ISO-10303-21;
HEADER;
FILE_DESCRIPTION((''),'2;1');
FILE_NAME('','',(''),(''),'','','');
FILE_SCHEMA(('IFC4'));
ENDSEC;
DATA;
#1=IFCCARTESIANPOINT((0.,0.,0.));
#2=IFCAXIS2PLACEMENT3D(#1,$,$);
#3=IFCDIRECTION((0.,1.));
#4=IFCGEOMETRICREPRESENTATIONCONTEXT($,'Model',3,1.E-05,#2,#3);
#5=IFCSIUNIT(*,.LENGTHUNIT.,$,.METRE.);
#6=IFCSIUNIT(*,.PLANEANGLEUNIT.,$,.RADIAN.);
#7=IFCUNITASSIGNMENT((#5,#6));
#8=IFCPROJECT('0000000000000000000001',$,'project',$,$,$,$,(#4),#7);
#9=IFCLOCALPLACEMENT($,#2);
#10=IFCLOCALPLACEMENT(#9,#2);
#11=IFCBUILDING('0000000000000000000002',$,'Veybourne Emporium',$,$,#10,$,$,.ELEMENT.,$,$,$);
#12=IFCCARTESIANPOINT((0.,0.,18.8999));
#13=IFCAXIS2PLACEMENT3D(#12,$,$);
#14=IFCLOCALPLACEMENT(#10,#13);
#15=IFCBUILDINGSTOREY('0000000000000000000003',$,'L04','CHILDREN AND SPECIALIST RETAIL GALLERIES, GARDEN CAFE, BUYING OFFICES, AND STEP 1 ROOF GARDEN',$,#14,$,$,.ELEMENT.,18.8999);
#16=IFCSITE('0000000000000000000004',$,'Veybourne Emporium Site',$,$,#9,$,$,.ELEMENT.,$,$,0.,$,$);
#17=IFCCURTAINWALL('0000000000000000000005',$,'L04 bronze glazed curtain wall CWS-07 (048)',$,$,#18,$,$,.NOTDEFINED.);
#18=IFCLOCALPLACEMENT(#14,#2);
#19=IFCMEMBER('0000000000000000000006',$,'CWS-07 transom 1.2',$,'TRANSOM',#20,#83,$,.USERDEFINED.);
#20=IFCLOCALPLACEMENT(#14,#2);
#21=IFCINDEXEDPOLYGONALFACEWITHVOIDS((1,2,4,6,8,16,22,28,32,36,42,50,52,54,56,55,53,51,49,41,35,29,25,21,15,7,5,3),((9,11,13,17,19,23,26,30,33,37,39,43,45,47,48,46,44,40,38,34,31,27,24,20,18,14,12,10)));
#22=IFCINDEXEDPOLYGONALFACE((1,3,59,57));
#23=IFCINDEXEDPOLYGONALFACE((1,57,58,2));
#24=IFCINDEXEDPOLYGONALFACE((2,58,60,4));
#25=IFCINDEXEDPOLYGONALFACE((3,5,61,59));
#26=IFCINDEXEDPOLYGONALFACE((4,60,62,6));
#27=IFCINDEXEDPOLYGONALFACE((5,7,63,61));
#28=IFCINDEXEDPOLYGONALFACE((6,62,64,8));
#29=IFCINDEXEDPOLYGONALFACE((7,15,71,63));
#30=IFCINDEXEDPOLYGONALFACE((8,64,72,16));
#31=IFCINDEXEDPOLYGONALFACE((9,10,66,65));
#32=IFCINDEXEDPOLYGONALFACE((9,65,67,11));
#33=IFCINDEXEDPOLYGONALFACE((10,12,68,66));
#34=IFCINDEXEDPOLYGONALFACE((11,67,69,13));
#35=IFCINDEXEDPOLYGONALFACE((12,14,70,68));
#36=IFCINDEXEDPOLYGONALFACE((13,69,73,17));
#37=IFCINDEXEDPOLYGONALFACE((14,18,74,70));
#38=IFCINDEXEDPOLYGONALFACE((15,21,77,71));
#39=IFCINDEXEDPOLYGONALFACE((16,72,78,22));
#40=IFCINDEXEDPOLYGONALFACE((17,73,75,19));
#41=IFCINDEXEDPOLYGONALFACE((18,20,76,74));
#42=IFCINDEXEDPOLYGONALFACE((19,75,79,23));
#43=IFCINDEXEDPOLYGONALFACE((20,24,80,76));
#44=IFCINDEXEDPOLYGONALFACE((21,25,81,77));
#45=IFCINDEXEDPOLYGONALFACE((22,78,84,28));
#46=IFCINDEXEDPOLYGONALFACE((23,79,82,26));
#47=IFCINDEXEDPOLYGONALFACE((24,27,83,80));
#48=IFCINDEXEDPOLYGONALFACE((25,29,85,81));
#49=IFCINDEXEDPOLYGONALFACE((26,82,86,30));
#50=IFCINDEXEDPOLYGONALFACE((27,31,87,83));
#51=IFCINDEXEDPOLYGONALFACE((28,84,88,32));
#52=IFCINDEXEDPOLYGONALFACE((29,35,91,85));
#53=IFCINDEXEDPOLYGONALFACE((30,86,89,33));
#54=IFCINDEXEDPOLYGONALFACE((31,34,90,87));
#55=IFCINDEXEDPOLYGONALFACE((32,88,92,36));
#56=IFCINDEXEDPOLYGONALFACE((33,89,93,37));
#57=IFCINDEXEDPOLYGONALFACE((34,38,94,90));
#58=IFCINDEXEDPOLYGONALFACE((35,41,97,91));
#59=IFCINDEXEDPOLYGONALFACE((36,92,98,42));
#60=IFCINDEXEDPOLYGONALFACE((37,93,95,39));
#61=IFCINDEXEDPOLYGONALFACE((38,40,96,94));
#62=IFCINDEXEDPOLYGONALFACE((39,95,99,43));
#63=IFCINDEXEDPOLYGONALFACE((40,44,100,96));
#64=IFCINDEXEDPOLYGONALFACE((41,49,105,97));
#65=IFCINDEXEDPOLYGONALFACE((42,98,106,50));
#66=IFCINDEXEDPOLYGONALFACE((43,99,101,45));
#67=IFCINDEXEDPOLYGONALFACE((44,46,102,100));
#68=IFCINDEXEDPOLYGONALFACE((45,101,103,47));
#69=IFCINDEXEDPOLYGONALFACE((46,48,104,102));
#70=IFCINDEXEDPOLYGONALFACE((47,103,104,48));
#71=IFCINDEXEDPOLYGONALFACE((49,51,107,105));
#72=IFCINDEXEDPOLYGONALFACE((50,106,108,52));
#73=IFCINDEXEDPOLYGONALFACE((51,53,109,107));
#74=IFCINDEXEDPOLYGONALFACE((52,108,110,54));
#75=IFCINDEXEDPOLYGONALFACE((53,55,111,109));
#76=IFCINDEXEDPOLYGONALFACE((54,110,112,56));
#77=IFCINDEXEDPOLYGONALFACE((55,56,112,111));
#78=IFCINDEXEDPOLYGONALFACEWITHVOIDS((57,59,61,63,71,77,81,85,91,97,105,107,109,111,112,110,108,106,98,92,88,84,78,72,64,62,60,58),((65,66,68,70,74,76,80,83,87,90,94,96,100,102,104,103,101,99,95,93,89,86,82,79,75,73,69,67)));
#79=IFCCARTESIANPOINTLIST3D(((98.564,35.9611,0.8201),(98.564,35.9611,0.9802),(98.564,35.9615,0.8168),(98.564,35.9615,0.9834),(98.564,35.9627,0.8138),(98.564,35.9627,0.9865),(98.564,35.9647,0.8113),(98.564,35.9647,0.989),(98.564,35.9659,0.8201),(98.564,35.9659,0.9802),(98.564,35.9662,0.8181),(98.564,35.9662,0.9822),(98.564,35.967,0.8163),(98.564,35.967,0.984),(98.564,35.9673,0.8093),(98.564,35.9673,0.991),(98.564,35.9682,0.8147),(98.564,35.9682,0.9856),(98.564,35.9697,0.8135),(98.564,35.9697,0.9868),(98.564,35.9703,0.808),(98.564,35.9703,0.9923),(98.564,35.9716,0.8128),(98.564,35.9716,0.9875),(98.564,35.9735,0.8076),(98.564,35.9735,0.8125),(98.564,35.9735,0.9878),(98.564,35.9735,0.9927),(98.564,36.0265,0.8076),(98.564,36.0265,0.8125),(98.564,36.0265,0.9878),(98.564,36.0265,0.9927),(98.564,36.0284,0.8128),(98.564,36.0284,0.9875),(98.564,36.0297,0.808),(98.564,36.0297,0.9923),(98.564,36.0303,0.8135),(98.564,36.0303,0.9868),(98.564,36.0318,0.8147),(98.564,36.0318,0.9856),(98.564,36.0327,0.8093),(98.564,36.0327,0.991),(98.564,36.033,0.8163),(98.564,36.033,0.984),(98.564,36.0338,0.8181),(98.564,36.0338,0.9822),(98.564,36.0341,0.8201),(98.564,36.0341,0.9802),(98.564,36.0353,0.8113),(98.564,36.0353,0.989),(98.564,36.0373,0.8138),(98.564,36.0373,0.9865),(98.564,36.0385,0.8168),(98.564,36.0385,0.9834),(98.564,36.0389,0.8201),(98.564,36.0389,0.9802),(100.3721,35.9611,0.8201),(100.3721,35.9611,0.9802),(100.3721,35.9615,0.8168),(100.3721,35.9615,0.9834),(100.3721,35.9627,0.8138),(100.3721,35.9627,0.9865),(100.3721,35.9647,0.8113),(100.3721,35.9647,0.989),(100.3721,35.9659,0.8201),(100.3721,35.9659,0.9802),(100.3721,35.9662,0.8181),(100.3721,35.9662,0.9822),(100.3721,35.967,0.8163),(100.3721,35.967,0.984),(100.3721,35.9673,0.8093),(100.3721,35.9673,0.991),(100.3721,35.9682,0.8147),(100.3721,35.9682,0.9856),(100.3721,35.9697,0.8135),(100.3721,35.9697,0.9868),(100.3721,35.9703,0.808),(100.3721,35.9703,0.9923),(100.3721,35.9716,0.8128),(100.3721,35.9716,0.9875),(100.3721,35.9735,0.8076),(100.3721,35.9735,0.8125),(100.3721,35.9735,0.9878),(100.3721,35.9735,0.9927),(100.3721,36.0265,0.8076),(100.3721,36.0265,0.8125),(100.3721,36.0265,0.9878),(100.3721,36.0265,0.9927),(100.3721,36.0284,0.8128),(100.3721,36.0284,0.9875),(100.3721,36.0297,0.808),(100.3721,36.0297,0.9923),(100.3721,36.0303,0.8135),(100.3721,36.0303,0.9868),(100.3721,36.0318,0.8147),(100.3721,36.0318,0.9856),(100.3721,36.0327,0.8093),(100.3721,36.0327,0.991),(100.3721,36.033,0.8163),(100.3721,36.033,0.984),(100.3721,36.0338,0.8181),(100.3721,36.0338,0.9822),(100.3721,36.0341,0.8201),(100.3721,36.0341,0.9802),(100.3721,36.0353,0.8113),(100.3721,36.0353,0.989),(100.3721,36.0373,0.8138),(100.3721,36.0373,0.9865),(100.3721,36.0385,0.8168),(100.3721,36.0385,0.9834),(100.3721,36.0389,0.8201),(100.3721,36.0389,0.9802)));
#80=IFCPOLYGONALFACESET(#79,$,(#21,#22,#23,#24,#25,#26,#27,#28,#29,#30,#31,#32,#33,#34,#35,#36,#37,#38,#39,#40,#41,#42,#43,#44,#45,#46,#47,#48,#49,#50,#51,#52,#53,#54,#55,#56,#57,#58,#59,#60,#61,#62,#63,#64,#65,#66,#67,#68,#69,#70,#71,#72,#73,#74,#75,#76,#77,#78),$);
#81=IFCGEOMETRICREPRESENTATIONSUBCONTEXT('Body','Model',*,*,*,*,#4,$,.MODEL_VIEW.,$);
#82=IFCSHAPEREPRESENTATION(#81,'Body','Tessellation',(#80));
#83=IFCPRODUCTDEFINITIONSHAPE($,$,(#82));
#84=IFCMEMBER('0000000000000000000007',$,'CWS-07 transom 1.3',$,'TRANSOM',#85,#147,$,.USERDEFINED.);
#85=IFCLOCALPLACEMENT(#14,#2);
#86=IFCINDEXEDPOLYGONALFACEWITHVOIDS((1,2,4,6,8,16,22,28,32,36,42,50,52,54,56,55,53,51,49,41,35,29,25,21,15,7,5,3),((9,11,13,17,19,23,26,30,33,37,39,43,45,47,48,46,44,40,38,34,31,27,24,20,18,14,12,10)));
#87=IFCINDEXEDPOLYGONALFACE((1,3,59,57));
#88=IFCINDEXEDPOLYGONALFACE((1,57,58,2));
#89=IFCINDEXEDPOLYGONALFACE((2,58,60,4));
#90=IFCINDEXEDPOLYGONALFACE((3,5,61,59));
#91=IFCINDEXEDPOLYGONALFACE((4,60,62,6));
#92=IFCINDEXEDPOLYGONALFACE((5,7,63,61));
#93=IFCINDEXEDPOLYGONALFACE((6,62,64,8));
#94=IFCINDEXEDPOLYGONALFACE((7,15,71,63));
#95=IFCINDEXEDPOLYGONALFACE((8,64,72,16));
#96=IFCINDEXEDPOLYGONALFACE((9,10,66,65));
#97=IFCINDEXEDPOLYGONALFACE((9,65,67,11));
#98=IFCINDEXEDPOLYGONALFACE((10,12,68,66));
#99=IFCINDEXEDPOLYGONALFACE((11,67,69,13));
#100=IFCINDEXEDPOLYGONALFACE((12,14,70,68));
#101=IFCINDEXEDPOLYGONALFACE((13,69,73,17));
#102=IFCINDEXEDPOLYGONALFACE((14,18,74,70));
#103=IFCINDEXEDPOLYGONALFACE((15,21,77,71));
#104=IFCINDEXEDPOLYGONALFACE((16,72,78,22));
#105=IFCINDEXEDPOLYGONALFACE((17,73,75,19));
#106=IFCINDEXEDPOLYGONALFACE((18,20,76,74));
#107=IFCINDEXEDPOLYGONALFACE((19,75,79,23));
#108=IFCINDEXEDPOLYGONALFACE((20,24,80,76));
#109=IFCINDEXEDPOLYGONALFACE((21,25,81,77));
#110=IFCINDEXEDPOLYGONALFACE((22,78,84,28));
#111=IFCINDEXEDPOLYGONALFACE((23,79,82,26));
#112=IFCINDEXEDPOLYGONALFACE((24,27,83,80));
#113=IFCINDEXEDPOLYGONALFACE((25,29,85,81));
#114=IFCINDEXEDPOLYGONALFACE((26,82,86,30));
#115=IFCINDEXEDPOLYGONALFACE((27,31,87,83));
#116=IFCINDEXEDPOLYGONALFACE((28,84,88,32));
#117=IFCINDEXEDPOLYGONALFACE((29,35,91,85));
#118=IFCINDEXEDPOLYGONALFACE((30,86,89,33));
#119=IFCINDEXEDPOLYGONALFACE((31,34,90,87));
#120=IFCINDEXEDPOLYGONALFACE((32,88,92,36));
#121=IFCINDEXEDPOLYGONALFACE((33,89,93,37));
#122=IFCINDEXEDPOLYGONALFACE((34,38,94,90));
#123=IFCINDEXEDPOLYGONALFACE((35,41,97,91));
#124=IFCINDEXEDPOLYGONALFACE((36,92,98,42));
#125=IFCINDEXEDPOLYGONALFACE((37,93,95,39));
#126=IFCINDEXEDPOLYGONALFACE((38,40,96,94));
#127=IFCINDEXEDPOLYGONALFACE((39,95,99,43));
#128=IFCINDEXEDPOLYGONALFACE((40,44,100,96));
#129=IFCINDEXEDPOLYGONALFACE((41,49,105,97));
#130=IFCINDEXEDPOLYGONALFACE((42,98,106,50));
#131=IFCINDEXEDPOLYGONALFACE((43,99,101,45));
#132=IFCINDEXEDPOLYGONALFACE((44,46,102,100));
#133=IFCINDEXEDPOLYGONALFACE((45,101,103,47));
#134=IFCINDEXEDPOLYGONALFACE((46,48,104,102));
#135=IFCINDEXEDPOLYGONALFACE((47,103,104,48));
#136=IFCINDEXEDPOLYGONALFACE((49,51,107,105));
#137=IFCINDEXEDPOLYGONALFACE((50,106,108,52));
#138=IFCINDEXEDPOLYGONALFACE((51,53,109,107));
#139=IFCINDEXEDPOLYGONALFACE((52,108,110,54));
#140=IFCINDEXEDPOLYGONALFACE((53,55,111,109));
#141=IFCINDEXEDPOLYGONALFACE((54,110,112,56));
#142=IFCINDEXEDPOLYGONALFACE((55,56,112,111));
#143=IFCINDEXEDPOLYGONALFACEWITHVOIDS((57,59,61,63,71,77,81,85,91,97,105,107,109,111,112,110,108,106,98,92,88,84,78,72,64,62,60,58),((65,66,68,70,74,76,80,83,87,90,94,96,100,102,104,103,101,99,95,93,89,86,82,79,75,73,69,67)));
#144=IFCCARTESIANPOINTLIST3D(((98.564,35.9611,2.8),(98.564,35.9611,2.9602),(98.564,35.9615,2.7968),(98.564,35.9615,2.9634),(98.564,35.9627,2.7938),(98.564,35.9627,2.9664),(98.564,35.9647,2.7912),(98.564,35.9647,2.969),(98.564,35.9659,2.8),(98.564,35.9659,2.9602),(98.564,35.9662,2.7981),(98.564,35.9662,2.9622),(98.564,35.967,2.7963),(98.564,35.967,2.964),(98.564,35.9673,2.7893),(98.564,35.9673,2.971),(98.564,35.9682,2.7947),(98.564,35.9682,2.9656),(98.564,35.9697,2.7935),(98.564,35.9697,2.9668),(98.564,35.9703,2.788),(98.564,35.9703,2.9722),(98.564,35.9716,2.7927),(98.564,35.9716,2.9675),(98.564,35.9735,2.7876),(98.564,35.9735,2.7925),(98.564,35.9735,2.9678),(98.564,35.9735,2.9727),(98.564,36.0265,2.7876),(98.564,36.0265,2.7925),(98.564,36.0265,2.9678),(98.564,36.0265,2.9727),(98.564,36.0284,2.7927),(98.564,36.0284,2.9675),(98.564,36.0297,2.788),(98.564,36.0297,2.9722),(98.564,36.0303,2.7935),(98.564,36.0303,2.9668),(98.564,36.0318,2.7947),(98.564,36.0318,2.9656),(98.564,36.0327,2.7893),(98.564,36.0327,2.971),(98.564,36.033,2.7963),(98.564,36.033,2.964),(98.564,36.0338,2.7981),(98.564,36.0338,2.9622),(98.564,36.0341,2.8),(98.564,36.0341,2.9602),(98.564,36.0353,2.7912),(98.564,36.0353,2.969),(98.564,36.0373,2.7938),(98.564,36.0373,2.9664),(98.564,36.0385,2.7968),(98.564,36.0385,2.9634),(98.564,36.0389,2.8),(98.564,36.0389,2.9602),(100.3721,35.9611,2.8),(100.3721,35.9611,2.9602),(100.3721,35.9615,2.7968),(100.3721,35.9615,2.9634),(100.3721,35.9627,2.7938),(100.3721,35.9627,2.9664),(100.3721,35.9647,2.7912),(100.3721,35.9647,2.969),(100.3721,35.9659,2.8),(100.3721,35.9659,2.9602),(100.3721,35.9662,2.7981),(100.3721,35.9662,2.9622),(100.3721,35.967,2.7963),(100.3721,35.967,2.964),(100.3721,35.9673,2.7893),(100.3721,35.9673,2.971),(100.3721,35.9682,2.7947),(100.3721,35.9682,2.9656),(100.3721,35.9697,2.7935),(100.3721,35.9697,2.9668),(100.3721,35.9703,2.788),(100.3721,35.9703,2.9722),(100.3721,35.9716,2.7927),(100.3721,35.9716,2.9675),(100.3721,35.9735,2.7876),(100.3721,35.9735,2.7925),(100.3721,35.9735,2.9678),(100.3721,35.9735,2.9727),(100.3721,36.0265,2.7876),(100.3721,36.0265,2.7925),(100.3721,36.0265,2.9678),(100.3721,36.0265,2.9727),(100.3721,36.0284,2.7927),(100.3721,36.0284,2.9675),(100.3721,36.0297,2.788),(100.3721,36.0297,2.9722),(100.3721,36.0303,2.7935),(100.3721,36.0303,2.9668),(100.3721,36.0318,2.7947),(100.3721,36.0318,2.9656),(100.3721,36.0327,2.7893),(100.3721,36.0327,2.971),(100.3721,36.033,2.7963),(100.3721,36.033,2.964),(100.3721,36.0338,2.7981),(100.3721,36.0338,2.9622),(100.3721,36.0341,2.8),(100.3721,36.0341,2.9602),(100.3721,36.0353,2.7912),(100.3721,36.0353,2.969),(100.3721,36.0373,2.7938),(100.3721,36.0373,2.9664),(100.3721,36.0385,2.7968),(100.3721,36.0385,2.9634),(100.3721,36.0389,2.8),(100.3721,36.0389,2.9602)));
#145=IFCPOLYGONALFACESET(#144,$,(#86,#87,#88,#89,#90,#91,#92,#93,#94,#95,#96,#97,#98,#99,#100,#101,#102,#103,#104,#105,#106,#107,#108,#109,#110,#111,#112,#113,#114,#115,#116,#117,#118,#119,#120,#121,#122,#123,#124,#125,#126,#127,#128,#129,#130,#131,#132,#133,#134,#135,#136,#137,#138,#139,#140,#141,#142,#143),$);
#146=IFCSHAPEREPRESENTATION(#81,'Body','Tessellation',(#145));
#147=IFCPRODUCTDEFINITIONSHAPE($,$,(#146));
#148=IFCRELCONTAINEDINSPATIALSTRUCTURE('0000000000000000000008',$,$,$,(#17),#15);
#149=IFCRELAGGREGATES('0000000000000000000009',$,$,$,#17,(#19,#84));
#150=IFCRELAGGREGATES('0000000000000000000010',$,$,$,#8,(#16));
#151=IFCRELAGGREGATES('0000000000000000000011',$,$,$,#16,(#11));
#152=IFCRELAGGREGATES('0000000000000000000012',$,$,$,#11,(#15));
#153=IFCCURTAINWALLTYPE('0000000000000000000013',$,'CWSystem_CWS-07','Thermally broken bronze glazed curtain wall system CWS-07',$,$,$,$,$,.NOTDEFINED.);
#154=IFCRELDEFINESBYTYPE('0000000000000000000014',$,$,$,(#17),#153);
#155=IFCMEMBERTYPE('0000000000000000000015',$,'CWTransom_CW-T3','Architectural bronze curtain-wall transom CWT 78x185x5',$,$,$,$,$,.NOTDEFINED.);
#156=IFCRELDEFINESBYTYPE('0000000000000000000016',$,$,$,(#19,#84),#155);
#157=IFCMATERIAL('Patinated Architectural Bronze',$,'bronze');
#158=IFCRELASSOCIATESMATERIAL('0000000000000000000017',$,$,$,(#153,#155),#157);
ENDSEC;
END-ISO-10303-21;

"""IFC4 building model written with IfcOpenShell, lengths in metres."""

from ifc_helpers import new_model, si_unit, direction, frame, origin, origin_2d, place, context, subcontext, project, spatial, hollow_rectangle, extrude, material, material_profile, profile_set, type_object, element, aggregate, save


model = new_model("IFC4")

# Units and contexts
model_context = context("Model", 3, precision=1e-05, world=origin(), true_north=direction((0.0, 1.0)))
body_context = subcontext(model_context, "Body", "Model", "MODEL_VIEW")
ifc_project = project(units=[si_unit("LENGTHUNIT", "METRE"), si_unit("PLANEANGLEUNIT", "RADIAN")], contexts=[model_context])

# Site, building, storey
site_placement = place(None, origin())
site = spatial("IfcSite", under=ifc_project, at=site_placement, Name="Veybourne Emporium Site", CompositionType="ELEMENT", RefElevation=0.0)
building_placement = place(site_placement, origin())
building = spatial("IfcBuilding", under=site, at=building_placement, Name="Veybourne Emporium", CompositionType="ELEMENT")
storey_placement = place(building_placement, frame((0.0, 0.0, 18.8999)))
storey = spatial("IfcBuildingStorey", under=building, at=storey_placement, Name="L04", Description="CHILDREN AND SPECIALIST RETAIL GALLERIES, GARDEN CAFE, BUYING OFFICES, AND STEP 1 ROOF GARDEN", CompositionType="ELEMENT", Elevation=18.8999)

# Curtain wall, members
ifc_material_1 = material(Name="Patinated Architectural Bronze", Category="bronze")
curtain_wall_type = type_object("IfcCurtainWallType", Name="CWSystem_CWS-07", Description="Thermally broken bronze glazed curtain wall system CWS-07", PredefinedType="NOTDEFINED", material=ifc_material_1)
curtain_wall_placement = place(storey_placement, origin())
curtain_wall = element("IfcCurtainWall", 1, at=curtain_wall_placement, inside=storey, type_object=curtain_wall_type, Name="L04 bronze glazed curtain wall CWS-07 (048)", PredefinedType="NOTDEFINED")
ifc_material_profile_1 = material_profile(ifc_material_1, hollow_rectangle(XDim=0.0779, YDim=0.1851, WallThickness=0.0049, InnerFilletRadius=0.0076, OuterFilletRadius=0.0125, at=origin_2d()), Name="CWT 78x185x5")
ifc_profile_set_1 = profile_set([ifc_material_profile_1], Name="Patinated Architectural Bronze")
member_type_1 = type_object("IfcMemberType", Name="CWTransom_CW-T3", Description="Architectural bronze curtain-wall transom CWT 78x185x5", PredefinedType="NOTDEFINED", material=ifc_profile_set_1)
member_1_placement = place(storey_placement, frame((100.3721, 36.0, 0.9001), z_axis=(-1.0, 0.0, 0.0), x_axis=(0.0, -1.0, 0.0)))
member_1 = element("IfcMember", 2, at=member_1_placement, type_object=member_type_1, Name="CWS-07 transom 1.2", ObjectType="TRANSOM", PredefinedType="USERDEFINED", context=body_context, shape_type="SweptSolid", body=[
    extrude(hollow_rectangle(XDim=0.0779, YDim=0.1851, WallThickness=0.0049, InnerFilletRadius=0.0076, OuterFilletRadius=0.0125, at=origin_2d()), origin(), (0.0, 0.0, 1.0), 1.8081),
])
member_2_placement = place(storey_placement, frame((100.3721, 36.0, 2.8801), z_axis=(-1.0, 0.0, 0.0), x_axis=(0.0, -1.0, 0.0)))
member_2 = element("IfcMember", 3, at=member_2_placement, type_object=member_type_1, Name="CWS-07 transom 1.3", ObjectType="TRANSOM", PredefinedType="USERDEFINED", context=body_context, shape_type="SweptSolid", body=[
    extrude(hollow_rectangle(XDim=0.0779, YDim=0.1851, WallThickness=0.0049, InnerFilletRadius=0.0076, OuterFilletRadius=0.0125, at=origin_2d()), origin(), (0.0, 0.0, 1.0), 1.8081),
])

aggregate(curtain_wall, [member_1, member_2])

save(model, "model.ifc")
